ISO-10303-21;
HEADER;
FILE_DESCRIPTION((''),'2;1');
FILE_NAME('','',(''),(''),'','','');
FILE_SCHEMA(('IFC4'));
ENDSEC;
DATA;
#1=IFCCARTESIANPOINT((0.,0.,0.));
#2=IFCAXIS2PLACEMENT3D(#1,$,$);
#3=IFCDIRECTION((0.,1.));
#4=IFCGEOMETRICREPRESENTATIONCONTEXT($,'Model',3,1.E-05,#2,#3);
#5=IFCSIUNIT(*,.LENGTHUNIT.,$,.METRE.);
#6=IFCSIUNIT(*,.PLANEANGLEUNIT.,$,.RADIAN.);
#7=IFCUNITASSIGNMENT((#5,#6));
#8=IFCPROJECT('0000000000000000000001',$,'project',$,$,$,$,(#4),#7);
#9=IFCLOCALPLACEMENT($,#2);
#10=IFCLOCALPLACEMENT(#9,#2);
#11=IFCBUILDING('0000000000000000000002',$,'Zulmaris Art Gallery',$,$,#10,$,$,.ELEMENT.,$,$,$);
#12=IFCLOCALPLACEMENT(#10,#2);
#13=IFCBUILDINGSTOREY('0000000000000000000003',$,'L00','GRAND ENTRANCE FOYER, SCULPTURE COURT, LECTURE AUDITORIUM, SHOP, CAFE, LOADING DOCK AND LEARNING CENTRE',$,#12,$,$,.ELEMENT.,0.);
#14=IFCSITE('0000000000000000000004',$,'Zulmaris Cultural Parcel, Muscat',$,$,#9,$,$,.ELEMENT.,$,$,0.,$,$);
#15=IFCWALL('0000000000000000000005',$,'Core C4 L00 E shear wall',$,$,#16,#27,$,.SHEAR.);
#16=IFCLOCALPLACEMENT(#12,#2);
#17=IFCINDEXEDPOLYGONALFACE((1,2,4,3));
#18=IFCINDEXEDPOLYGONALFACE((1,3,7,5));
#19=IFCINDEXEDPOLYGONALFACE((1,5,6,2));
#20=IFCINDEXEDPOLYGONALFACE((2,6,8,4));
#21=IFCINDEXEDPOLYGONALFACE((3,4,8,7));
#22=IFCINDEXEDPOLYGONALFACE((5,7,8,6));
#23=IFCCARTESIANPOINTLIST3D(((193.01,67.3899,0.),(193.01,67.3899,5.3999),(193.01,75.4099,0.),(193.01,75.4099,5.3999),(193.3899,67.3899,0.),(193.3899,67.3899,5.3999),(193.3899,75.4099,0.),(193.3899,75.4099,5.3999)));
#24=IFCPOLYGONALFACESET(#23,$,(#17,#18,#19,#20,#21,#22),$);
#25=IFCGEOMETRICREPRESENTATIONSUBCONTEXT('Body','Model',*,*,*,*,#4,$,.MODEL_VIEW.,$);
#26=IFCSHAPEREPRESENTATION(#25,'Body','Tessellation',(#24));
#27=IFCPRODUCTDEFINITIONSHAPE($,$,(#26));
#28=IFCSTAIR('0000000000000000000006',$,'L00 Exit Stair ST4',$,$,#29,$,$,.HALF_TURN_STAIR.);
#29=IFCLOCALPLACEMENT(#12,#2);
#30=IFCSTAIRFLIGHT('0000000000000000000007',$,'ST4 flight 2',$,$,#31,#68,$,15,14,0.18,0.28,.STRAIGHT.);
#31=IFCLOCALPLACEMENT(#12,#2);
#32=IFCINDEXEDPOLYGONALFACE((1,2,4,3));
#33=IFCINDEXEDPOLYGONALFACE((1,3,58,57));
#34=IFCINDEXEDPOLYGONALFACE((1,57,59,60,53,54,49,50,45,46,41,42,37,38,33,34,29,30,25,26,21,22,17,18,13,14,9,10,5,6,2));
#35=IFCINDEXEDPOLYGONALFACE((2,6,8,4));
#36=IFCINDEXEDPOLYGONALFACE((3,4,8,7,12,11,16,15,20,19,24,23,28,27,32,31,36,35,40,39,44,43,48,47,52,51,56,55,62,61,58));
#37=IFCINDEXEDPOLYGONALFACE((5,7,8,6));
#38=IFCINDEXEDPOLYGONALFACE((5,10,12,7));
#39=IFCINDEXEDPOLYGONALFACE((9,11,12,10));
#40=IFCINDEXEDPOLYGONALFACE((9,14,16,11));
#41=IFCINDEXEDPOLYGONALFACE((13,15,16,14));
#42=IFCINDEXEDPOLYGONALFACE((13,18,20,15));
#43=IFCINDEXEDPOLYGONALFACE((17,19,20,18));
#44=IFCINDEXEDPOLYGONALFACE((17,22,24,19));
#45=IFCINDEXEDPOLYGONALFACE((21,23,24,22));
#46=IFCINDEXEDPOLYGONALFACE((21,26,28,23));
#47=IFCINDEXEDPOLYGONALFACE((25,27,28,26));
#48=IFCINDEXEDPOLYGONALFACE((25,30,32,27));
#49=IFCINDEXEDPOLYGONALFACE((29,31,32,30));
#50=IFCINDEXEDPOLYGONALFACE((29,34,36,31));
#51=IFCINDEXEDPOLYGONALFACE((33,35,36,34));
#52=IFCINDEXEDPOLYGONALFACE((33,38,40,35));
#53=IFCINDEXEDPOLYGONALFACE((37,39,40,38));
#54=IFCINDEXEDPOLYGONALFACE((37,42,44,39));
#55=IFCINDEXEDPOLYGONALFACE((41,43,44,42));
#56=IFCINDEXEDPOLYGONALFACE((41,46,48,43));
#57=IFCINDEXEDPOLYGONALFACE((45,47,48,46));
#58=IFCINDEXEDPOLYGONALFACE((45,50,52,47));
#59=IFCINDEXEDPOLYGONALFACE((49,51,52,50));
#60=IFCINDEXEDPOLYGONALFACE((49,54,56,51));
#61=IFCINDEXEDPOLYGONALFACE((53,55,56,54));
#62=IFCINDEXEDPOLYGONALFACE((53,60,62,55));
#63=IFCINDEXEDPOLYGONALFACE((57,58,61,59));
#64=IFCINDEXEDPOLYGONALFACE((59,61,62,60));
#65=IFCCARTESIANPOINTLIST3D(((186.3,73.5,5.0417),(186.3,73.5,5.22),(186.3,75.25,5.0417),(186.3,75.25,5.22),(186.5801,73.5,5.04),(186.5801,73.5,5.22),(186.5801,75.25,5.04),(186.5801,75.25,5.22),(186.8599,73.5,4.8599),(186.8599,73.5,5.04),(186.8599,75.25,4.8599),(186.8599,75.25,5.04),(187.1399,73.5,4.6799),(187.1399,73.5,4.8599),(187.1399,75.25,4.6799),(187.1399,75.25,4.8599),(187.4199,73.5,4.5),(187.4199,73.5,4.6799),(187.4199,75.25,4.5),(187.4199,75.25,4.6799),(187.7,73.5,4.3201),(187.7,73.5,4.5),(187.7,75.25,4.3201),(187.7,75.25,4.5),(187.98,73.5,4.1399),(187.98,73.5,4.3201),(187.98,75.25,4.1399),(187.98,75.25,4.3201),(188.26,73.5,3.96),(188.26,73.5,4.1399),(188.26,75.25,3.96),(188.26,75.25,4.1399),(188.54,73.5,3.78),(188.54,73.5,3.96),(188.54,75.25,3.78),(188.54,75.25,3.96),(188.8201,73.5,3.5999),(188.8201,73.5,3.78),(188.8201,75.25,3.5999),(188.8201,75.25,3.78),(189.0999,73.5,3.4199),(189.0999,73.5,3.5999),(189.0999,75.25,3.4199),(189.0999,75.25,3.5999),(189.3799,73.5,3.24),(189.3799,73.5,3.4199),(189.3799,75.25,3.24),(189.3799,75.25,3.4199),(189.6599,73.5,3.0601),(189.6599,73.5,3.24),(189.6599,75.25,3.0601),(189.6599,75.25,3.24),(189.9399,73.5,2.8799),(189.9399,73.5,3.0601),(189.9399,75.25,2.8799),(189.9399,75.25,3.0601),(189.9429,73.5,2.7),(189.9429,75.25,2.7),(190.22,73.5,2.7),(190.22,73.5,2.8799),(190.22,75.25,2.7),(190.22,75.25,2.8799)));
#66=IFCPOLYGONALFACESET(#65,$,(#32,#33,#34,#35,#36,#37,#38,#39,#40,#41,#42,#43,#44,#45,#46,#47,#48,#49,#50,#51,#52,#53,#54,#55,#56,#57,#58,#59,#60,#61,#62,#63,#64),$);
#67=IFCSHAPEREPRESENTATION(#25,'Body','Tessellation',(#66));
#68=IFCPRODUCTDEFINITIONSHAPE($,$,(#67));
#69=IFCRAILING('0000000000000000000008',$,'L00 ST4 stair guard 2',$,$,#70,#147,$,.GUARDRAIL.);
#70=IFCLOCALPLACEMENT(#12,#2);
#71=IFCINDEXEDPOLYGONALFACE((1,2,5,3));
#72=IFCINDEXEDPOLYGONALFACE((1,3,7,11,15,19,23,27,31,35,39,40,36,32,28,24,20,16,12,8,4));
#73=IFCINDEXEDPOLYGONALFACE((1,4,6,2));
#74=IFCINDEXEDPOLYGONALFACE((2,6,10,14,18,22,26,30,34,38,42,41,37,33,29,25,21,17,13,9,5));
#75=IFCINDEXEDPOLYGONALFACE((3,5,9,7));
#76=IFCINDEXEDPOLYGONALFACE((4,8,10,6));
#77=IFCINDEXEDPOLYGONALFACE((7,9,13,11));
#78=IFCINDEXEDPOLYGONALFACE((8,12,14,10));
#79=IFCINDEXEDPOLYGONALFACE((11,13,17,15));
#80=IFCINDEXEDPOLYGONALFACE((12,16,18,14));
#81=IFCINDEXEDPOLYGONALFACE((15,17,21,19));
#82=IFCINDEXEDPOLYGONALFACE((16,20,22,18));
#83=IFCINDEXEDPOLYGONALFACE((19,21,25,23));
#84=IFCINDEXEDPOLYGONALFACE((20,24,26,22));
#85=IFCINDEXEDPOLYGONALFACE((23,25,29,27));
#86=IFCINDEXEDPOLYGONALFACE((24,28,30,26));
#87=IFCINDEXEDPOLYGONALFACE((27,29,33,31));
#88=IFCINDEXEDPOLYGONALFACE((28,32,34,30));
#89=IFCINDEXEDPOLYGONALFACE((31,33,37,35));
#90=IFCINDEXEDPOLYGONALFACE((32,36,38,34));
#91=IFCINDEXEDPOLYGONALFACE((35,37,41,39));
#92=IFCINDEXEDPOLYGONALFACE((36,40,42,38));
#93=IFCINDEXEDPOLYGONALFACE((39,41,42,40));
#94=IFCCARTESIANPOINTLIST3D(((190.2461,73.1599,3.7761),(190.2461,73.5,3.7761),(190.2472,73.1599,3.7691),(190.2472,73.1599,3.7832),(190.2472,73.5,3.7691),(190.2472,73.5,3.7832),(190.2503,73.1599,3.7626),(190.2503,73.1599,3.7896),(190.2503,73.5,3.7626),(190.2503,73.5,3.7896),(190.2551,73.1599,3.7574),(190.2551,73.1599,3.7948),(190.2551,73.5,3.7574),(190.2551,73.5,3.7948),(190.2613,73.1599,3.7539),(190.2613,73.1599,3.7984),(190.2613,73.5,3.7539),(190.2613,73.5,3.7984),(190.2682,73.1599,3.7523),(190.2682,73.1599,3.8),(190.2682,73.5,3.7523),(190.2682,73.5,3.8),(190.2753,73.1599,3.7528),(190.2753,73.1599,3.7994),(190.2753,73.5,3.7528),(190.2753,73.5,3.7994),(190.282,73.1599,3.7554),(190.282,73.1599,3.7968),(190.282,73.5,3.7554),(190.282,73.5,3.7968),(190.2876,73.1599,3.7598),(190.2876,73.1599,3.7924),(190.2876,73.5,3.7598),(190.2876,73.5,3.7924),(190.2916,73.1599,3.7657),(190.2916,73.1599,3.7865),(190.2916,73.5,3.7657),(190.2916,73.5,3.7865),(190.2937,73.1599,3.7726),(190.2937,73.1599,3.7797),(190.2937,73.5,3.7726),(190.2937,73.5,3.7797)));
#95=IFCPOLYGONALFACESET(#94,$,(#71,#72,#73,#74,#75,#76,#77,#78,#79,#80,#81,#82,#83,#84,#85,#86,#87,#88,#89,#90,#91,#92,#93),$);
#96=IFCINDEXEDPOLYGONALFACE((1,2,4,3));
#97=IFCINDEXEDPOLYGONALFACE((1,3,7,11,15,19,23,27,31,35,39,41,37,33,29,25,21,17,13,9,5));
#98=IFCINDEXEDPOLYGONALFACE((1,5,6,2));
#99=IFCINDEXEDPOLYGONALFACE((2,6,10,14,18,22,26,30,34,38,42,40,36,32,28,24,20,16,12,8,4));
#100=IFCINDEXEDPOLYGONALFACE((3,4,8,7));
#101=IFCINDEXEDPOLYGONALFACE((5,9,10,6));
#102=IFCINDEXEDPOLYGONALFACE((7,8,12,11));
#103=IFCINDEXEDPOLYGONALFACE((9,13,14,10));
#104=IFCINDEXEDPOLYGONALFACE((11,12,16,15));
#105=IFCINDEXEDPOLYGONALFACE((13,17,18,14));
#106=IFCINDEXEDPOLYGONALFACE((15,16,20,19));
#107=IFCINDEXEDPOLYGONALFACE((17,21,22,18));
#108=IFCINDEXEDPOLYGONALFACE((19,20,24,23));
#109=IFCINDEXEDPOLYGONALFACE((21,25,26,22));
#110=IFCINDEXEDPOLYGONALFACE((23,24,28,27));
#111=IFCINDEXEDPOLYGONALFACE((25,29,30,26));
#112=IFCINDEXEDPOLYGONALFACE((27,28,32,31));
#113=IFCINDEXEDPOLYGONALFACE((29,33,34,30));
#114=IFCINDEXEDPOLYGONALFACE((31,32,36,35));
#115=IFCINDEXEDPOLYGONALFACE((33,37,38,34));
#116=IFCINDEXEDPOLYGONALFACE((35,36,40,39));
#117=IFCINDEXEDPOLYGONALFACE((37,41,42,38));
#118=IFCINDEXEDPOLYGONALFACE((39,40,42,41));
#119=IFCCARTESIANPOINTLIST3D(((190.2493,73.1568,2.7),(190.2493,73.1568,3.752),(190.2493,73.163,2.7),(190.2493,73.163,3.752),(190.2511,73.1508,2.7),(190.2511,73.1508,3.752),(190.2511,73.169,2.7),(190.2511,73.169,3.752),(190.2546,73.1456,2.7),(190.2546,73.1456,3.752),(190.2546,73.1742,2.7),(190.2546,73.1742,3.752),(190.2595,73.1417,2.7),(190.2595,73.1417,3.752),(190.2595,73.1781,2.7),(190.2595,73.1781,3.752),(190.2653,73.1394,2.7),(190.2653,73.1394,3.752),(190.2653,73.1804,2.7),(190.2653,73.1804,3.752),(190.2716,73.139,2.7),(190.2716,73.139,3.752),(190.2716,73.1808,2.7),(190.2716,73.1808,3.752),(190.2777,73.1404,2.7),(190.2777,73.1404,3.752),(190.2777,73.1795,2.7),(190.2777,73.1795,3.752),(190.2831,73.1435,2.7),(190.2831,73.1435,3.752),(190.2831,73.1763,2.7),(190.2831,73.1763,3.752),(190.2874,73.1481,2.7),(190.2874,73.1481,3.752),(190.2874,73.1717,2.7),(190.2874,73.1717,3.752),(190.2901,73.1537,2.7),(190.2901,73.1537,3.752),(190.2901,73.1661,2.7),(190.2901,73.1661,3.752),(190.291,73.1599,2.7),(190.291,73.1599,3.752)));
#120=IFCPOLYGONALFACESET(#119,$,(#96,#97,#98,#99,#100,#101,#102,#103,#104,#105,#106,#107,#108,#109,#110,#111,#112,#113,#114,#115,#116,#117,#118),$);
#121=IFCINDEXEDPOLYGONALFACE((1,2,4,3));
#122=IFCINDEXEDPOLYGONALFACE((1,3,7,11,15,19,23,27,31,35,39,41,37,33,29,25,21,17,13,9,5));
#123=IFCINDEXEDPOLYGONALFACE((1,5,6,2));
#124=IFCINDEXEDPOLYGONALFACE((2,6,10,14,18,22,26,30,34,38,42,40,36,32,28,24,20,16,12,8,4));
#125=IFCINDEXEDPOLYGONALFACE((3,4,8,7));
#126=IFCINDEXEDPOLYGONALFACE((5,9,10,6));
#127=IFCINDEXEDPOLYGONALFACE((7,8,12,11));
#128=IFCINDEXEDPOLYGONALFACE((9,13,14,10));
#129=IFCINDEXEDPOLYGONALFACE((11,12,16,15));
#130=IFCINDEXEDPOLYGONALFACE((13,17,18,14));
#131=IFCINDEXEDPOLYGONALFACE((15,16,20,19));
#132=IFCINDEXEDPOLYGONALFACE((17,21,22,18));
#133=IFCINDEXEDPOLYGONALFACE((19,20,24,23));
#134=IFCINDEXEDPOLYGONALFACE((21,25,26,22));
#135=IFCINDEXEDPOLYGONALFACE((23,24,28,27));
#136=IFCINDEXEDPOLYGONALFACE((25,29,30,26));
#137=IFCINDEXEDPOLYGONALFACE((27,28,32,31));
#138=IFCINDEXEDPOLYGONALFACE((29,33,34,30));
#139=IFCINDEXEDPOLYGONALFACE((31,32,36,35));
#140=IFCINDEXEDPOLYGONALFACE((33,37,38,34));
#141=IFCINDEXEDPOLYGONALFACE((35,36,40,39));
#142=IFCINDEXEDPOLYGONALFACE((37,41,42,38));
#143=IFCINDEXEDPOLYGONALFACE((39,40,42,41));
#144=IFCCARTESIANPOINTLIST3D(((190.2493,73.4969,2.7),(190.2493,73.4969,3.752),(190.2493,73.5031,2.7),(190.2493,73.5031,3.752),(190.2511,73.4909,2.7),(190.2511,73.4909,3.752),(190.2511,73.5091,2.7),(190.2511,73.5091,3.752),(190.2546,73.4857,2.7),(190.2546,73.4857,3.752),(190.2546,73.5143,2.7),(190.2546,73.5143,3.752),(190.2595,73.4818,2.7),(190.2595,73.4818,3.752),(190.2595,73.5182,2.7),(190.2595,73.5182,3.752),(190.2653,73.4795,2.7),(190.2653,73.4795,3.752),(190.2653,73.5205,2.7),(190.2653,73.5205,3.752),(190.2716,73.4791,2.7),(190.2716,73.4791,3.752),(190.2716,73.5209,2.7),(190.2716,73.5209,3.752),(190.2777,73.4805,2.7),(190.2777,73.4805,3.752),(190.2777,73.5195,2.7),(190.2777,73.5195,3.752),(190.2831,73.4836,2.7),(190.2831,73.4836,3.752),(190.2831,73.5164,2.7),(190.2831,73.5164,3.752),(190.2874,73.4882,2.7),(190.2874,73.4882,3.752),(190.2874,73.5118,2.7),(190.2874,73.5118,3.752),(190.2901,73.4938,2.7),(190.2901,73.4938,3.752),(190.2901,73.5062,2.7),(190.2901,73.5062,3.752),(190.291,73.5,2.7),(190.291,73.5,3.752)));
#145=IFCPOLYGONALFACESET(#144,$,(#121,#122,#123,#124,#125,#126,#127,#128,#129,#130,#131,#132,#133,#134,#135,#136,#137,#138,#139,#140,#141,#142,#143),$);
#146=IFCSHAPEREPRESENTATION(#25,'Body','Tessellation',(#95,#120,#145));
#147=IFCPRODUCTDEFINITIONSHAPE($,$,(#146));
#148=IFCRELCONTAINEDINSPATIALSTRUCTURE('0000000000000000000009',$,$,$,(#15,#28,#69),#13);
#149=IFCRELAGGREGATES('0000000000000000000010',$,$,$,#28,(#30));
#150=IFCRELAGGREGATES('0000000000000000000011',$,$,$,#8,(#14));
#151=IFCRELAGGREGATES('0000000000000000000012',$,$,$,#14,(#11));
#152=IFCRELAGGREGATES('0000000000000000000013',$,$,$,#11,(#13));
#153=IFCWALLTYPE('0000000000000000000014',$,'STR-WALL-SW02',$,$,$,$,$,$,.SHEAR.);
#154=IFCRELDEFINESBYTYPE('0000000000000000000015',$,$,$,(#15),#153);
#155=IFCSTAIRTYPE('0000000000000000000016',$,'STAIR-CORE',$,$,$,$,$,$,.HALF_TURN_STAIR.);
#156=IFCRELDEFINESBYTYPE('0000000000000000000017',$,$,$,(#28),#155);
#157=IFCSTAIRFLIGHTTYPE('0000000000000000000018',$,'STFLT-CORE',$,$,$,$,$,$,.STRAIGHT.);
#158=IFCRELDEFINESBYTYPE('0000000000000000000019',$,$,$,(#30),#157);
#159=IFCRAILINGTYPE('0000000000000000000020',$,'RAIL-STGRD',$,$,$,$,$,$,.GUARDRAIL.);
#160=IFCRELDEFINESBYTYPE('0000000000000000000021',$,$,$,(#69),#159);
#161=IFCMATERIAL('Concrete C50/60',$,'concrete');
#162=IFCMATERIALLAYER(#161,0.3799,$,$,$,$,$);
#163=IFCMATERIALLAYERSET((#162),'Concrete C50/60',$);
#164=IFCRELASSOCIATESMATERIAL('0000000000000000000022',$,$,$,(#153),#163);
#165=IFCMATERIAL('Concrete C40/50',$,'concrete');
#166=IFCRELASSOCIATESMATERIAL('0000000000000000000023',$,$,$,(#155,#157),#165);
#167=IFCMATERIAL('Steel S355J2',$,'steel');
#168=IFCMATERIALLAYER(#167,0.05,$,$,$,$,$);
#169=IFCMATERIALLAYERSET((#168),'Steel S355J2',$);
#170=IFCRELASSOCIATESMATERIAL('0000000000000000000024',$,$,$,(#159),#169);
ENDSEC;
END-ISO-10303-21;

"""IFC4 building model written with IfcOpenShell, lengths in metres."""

from ifc_helpers import new_model, si_unit, direction, frame, frame_2d, origin, origin_2d, place, context, subcontext, project, spatial, polyline, rectangle, circle, outline, extrude, material, layer, layer_set, type_object, element, aggregate, save


model = new_model("IFC4")

# Units and contexts
model_context = context("Model", 3, precision=1e-05, world=origin(), true_north=direction((0.0, 1.0)))
body_context = subcontext(model_context, "Body", "Model", "MODEL_VIEW")
ifc_project = project(units=[si_unit("LENGTHUNIT", "METRE"), si_unit("PLANEANGLEUNIT", "RADIAN")], contexts=[model_context])

# Site, building, storey
site_placement = place(None, origin())
site = spatial("IfcSite", under=ifc_project, at=site_placement, Name="Zulmaris Cultural Parcel, Muscat", CompositionType="ELEMENT", RefElevation=0.0)
building_placement = place(site_placement, origin())
building = spatial("IfcBuilding", under=site, at=building_placement, Name="Zulmaris Art Gallery", CompositionType="ELEMENT")
storey_placement = place(building_placement, origin())
storey = spatial("IfcBuildingStorey", under=building, at=storey_placement, Name="L00", Description="GRAND ENTRANCE FOYER, SCULPTURE COURT, LECTURE AUDITORIUM, SHOP, CAFE, LOADING DOCK AND LEARNING CENTRE", CompositionType="ELEMENT", Elevation=0.0)

# Shared definitions
ifc_material_1 = material(Name="Concrete C50/60", Category="concrete")

# Shared definitions
ifc_material_2 = material(Name="Concrete C40/50", Category="concrete")
ifc_material_3 = material(Name="Steel S355J2", Category="steel")

# Wall
ifc_layer_1 = layer(ifc_material_1, 0.3799)
ifc_layer_set_1 = layer_set([ifc_layer_1], Name="Concrete C50/60")
wall_type_1 = type_object("IfcWallType", Name="STR-WALL-SW02", PredefinedType="SHEAR", material=ifc_layer_set_1)
wall_1_placement = place(storey_placement, frame((193.2, 67.3899, 0.0), z_axis=(0.0, 0.0, 1.0), x_axis=(0.0, 1.0, 0.0)))
element("IfcWall", 1, at=wall_1_placement, inside=storey, type_object=wall_type_1, Name="Core C4 L00 E shear wall", PredefinedType="SHEAR", context=body_context, shape_type="SweptSolid", body=[
    extrude(rectangle(XDim=8.02, YDim=0.3799, at=frame_2d((4.01, 0.0))), origin(), (0.0, 0.0, 1.0), 5.3999),
])

# Stair, stair flight
stair_type = type_object("IfcStairType", Name="STAIR-CORE", PredefinedType="HALF_TURN_STAIR", material=ifc_material_2)
stair_placement = place(storey_placement, origin())
stair = element("IfcStair", 2, at=stair_placement, inside=storey, type_object=stair_type, Name="L00 Exit Stair ST4", PredefinedType="HALF_TURN_STAIR")
stair_flight_type = type_object("IfcStairFlightType", Name="STFLT-CORE", PredefinedType="STRAIGHT", material=ifc_material_2)
stair_flight_placement = place(storey_placement, frame((190.22, 74.375, 2.7), z_axis=(0.0, 0.0, 1.0), x_axis=(-1.0, 0.0, 0.0)))
stair_flight = element("IfcStairFlight", 3, at=stair_flight_placement, type_object=stair_flight_type, Name="ST4 flight 2", NumberOfRisers=15, NumberOfTreads=14, PredefinedType="STRAIGHT", RiserHeight=0.18, TreadLength=0.28, context=body_context, shape_type="SweptSolid", body=[
    extrude(outline(polyline([(0.0, 0.0), (0.0, 0.1799), (0.28, 0.1799), (0.28, 0.3601), (0.5601, 0.3601), (0.5601, 0.54), (0.8401, 0.54), (0.8401, 0.72), (1.1201, 0.72), (1.1201, 0.8999), (1.3999, 0.8999), (1.3999, 1.0801), (1.6799, 1.0801), (1.6799, 1.26), (1.96, 1.26), (1.96, 1.4399), (2.24, 1.4399), (2.24, 1.6201), (2.52, 1.6201), (2.52, 1.8), (2.8, 1.8), (2.8, 1.98), (3.0801, 1.98), (3.0801, 2.1599), (3.3601, 2.1599), (3.3601, 2.3401), (3.6399, 2.3401), (3.6399, 2.52), (3.9199, 2.52), (3.9199, 2.7), (3.9199, 2.3418), (0.2771, 0.0), (0.0, 0.0)])), frame((0.0, 0.875, 0.0), z_axis=(0.0, -1.0, 0.0), x_axis=(1.0, 0.0, 0.0)), (0.0, 0.0, 1.0), 1.75),
])
aggregate(stair, [stair_flight])

# Railing
ifc_layer_2 = layer(ifc_material_3, 0.05)
ifc_layer_set_2 = layer_set([ifc_layer_2], Name="Steel S355J2")
railing_type_1 = type_object("IfcRailingType", Name="RAIL-STGRD", PredefinedType="GUARDRAIL", material=ifc_layer_set_2)
railing_1_placement = place(storey_placement, frame((190.27, 73.1599, 2.7)))
element("IfcRailing", 4, at=railing_1_placement, inside=storey, type_object=railing_type_1, Name="L00 ST4 stair guard 2", PredefinedType="GUARDRAIL", context=body_context, shape_type="SweptSolid", body=[
    extrude(circle(Radius=0.0239, at=origin_2d()), frame((0.0, 0.0, 1.0762), z_axis=(0.0, 1.0, 0.0), x_axis=(-1.0, 0.0, 0.0)), (0.0, 0.0, 1.0), 0.3401),
    extrude(circle(Radius=0.021, at=origin_2d()), origin(), (0.0, 0.0, 1.0), 1.052),
    extrude(circle(Radius=0.021, at=origin_2d()), frame((0.0, 0.3401, 0.0)), (0.0, 0.0, 1.0), 1.052),
])

save(model, "model.ifc")
